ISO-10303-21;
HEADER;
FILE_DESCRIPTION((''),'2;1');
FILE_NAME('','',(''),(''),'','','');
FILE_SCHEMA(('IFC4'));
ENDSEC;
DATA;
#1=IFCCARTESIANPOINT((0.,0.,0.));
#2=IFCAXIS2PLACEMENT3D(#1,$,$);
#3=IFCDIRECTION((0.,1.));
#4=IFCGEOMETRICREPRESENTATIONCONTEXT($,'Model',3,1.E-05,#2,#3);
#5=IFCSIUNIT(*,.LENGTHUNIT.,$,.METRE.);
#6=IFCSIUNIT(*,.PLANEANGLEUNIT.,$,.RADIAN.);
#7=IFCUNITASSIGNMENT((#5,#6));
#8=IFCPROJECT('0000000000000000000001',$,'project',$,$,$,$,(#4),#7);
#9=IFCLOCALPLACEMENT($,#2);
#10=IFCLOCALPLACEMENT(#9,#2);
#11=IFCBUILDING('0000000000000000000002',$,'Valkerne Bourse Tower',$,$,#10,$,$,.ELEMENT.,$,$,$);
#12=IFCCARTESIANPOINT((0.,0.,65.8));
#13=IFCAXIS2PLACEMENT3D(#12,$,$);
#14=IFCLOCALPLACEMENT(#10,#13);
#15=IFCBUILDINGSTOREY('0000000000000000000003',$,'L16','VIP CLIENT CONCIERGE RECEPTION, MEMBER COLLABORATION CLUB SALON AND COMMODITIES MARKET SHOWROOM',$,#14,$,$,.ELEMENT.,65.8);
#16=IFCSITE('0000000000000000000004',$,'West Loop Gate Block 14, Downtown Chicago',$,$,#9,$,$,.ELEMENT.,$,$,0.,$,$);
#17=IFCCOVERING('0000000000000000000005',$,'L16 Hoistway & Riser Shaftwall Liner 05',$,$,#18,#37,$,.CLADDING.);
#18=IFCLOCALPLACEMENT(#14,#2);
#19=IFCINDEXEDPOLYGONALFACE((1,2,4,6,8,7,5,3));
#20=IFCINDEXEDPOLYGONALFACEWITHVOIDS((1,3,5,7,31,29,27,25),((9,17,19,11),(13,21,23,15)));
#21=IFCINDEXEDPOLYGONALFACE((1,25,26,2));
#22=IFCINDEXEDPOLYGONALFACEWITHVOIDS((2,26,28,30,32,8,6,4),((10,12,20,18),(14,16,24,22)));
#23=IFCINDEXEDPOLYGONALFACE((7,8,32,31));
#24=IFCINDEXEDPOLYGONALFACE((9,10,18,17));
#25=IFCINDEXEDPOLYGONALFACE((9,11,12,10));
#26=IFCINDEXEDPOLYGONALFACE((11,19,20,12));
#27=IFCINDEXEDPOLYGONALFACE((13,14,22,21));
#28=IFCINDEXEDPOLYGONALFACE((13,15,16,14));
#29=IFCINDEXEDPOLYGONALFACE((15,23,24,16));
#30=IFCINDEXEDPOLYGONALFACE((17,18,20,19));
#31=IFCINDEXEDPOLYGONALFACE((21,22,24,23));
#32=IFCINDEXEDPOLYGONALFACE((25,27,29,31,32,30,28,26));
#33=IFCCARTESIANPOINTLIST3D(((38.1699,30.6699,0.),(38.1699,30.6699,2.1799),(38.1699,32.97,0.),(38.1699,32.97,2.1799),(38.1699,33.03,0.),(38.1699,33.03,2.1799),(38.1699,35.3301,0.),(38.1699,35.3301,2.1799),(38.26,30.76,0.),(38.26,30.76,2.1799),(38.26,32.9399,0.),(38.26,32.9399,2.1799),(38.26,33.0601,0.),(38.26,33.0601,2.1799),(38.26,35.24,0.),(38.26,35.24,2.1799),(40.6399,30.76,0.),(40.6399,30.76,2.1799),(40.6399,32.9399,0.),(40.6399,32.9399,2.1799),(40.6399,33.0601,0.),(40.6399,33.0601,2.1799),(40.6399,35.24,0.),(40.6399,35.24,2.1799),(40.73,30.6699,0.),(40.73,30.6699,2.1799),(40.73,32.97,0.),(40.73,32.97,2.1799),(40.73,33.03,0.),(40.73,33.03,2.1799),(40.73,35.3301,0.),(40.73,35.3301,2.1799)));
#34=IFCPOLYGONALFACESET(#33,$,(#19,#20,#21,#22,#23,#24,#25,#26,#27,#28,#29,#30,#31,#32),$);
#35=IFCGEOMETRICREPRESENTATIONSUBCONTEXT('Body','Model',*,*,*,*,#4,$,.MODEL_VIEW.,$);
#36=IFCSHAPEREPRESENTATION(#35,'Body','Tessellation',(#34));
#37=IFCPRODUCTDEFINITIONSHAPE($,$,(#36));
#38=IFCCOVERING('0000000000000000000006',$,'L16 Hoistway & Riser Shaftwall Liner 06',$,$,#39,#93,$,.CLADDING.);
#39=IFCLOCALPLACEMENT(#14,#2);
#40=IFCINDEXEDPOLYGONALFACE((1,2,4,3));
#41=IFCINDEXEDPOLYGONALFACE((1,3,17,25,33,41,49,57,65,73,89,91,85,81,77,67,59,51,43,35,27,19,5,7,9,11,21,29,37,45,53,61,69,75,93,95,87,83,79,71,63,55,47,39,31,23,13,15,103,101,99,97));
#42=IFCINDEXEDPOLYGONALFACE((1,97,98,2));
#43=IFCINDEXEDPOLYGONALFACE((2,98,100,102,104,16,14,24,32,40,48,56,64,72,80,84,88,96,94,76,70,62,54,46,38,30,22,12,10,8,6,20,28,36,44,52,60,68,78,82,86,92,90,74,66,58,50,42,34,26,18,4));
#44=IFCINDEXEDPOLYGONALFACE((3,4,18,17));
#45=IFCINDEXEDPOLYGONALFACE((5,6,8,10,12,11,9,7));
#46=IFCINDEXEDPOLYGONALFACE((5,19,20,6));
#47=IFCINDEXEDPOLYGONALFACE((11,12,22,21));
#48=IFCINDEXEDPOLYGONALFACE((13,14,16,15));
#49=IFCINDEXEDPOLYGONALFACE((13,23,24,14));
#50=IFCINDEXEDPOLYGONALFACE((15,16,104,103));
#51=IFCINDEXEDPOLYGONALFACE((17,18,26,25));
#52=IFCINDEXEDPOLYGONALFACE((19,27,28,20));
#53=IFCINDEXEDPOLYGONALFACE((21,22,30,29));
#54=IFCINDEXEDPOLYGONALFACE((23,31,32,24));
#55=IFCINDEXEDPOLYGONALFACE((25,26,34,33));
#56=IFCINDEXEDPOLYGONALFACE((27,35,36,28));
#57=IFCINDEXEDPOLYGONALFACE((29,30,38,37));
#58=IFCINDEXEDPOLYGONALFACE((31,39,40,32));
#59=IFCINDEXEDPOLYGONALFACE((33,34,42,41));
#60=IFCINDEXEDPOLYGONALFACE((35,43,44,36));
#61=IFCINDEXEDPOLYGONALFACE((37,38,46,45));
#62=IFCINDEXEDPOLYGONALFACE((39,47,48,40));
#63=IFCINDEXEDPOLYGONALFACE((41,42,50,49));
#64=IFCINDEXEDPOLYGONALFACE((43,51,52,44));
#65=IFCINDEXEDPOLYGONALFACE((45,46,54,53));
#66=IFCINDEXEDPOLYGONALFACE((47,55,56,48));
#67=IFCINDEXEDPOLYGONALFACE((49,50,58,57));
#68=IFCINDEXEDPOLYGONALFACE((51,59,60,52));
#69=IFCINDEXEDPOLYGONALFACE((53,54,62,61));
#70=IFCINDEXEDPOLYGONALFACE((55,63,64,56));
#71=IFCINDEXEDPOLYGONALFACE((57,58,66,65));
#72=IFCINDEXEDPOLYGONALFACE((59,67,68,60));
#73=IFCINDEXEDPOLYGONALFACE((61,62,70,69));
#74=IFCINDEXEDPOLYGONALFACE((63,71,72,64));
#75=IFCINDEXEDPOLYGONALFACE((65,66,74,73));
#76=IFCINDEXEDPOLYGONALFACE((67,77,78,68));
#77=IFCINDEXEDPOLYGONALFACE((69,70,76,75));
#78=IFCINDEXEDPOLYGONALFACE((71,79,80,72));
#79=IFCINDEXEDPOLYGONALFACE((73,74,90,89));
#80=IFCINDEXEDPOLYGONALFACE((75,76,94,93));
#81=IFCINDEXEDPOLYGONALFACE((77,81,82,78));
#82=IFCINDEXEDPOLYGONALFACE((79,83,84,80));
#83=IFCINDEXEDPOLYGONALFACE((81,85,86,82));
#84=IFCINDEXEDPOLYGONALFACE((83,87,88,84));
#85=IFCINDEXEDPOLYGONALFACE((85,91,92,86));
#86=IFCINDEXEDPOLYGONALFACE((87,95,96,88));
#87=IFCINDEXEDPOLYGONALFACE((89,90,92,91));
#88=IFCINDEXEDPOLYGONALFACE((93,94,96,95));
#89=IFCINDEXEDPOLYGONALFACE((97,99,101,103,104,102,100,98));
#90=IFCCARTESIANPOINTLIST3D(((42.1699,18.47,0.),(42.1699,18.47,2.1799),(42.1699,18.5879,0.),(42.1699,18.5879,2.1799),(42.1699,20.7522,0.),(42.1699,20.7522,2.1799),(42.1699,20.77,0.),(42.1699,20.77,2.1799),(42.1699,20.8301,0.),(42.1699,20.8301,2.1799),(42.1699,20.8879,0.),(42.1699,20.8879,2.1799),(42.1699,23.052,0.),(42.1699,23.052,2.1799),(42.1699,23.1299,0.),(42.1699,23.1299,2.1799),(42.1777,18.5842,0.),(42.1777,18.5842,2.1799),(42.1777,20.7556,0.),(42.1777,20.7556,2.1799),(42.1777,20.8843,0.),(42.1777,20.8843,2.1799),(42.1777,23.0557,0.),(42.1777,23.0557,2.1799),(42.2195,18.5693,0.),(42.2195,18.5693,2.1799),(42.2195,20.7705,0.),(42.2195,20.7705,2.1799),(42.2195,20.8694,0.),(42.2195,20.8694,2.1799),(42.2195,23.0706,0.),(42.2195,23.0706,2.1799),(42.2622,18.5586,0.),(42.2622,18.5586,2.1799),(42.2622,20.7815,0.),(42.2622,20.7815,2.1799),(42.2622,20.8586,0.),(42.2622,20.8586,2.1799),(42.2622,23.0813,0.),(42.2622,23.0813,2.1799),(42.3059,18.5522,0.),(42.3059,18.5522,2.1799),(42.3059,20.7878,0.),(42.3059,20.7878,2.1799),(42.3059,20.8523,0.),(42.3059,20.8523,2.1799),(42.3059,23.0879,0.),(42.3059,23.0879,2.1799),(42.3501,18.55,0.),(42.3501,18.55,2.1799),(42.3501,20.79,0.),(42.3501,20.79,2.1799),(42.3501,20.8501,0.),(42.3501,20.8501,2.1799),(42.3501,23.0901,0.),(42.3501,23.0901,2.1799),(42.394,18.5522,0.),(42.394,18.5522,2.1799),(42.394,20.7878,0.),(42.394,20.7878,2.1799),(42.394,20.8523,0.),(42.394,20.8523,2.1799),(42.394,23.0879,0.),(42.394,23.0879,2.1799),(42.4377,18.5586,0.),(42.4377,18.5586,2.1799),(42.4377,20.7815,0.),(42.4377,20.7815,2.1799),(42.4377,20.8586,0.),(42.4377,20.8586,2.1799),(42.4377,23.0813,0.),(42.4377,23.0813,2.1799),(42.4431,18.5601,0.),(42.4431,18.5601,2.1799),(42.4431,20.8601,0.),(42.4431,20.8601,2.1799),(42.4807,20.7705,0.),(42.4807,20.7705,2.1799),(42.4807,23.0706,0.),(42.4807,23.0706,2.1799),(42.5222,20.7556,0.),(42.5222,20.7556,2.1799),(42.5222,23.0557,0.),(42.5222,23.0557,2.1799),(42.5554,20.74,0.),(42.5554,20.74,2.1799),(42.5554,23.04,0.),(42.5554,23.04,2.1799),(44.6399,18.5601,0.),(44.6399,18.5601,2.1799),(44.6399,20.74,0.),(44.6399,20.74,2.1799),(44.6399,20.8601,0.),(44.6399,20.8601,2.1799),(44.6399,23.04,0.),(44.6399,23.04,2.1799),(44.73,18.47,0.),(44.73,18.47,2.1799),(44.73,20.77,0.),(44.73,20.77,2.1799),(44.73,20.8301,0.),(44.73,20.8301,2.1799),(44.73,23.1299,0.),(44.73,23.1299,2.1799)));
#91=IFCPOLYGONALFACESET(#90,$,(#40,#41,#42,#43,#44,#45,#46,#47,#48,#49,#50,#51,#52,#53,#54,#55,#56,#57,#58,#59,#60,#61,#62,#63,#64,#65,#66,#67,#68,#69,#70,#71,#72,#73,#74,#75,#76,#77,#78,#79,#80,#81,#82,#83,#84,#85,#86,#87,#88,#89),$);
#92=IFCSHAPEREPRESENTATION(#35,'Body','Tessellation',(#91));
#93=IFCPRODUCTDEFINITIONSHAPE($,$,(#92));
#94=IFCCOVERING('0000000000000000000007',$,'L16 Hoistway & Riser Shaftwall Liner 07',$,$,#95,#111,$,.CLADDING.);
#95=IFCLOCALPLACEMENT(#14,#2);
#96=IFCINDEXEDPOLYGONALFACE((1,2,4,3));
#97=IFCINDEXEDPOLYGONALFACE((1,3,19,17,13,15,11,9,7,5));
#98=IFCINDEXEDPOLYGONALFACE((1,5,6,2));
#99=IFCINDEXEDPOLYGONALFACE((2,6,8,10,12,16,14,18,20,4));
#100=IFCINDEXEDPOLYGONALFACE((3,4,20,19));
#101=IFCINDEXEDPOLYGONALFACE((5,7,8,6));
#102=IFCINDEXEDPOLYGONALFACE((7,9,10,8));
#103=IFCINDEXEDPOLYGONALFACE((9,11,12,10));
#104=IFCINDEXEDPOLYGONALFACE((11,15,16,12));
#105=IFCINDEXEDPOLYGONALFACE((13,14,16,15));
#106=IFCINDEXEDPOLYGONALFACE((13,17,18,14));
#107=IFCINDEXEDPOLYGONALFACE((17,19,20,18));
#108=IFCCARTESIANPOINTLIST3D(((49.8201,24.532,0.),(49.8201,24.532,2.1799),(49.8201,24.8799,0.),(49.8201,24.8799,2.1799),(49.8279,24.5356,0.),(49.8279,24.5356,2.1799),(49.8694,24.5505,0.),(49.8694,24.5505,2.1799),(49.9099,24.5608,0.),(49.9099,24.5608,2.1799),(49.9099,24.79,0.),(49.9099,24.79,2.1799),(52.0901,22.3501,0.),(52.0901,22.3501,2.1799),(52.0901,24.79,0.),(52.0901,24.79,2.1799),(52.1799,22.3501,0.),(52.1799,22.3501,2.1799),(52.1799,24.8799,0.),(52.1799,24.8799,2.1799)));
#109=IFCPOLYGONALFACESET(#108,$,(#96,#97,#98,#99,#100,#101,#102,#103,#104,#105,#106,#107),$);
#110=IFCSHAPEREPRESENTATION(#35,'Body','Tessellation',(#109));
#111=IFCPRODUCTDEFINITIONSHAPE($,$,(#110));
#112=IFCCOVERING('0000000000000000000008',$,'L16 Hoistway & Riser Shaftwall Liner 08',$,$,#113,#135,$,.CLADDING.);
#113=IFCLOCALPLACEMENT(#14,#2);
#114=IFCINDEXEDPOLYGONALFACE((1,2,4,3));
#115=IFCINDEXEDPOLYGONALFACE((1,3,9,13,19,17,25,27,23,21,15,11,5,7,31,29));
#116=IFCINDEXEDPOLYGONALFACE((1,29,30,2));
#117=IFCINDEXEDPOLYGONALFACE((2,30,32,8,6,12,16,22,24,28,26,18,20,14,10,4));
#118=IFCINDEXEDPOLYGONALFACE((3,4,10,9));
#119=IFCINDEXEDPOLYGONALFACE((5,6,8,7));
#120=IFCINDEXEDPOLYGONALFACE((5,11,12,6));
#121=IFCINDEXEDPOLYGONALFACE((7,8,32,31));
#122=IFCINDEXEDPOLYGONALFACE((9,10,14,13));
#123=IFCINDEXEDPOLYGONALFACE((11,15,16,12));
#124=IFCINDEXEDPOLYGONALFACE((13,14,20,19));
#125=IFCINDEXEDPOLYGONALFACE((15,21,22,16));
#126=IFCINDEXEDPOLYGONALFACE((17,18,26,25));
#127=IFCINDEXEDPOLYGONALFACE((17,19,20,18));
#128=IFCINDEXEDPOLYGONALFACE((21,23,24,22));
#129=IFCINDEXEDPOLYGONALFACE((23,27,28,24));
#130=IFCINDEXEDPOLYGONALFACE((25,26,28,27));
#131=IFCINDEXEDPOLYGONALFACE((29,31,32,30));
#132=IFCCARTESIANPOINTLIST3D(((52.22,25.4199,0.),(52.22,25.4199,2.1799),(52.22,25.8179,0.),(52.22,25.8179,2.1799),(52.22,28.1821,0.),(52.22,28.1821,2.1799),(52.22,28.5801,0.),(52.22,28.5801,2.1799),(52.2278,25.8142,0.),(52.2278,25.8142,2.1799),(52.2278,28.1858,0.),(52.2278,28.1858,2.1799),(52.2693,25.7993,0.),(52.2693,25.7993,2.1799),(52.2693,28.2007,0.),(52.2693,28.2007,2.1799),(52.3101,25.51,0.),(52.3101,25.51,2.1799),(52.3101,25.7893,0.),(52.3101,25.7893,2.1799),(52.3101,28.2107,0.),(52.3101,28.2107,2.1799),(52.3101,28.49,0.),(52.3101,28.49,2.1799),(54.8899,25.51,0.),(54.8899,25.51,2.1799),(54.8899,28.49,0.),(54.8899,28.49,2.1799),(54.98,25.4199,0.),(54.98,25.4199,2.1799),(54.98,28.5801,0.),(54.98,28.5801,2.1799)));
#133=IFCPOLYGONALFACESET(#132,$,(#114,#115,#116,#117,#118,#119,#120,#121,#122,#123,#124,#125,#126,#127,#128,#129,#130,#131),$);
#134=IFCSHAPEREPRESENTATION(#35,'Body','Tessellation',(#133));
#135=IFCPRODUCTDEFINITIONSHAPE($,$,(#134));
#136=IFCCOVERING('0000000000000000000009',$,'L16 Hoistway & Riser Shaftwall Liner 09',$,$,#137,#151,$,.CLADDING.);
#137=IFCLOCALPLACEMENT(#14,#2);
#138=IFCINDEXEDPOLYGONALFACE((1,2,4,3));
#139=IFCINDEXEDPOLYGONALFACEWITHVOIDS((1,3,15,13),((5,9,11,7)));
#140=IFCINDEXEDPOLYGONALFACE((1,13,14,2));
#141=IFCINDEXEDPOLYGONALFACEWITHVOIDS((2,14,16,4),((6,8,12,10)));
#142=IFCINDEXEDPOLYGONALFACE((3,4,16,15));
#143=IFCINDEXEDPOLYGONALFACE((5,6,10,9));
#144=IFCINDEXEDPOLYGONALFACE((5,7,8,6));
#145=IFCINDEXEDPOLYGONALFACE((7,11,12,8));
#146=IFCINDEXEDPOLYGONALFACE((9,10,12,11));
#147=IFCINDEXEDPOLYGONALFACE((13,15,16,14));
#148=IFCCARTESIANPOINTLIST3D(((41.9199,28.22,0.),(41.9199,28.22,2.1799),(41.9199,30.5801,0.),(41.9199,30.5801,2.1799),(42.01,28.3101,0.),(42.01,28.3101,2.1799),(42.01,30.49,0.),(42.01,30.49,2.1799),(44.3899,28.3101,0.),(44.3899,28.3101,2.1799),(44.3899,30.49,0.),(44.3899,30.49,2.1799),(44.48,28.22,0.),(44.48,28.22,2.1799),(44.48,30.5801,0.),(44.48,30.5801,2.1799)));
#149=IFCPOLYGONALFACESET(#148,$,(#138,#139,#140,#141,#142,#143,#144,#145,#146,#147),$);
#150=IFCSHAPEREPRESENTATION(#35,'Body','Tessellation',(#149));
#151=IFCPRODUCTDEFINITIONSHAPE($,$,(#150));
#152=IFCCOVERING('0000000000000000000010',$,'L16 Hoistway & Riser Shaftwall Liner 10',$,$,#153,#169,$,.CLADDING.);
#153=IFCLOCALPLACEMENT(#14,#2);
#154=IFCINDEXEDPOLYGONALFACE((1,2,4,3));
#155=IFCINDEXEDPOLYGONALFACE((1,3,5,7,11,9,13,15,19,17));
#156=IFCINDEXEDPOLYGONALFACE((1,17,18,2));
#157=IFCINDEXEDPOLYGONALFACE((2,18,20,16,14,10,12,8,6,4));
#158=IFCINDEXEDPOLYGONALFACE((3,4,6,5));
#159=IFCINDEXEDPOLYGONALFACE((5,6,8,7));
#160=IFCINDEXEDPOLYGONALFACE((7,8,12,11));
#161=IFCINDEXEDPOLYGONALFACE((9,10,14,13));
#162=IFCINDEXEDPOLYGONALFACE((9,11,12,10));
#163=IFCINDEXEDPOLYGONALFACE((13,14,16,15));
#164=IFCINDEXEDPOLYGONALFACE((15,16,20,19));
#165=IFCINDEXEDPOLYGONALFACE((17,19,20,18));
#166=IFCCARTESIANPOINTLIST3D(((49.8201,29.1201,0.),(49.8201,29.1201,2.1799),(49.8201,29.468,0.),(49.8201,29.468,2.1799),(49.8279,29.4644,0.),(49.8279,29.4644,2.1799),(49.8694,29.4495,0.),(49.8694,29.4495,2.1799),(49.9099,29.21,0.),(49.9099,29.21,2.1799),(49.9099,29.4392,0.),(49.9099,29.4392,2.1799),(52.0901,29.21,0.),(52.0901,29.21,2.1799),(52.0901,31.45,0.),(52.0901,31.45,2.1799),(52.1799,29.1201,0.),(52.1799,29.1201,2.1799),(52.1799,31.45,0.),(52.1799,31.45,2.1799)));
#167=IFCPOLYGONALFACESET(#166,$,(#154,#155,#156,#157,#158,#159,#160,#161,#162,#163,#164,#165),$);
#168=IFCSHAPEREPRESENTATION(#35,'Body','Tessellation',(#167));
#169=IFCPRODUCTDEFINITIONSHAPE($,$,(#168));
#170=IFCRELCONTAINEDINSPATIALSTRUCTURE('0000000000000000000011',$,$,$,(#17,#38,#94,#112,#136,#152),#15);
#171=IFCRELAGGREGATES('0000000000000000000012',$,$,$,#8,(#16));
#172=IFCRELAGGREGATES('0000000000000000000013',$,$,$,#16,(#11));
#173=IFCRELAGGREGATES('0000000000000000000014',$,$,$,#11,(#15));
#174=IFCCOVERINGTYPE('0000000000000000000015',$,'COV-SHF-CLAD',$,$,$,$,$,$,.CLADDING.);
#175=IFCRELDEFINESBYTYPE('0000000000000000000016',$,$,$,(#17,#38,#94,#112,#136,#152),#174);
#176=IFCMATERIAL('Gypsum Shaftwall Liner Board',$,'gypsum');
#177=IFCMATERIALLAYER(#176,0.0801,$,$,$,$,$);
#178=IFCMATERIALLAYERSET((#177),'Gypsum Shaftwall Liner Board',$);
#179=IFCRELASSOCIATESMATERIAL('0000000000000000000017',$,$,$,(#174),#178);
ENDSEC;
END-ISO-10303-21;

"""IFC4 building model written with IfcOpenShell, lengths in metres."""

from ifc_helpers import new_model, si_unit, direction, frame, origin, place, context, subcontext, project, spatial, polyline, outline, extrude, material, layer, layer_set, type_object, element, save


model = new_model("IFC4")

# Units and contexts
model_context = context("Model", 3, precision=1e-05, world=origin(), true_north=direction((0.0, 1.0)))
body_context = subcontext(model_context, "Body", "Model", "MODEL_VIEW")
ifc_project = project(units=[si_unit("LENGTHUNIT", "METRE"), si_unit("PLANEANGLEUNIT", "RADIAN")], contexts=[model_context])

# Site, building, storey
site_placement = place(None, origin())
site = spatial("IfcSite", under=ifc_project, at=site_placement, Name="West Loop Gate Block 14, Downtown Chicago", CompositionType="ELEMENT", RefElevation=0.0)
building_placement = place(site_placement, origin())
building = spatial("IfcBuilding", under=site, at=building_placement, Name="Valkerne Bourse Tower", CompositionType="ELEMENT")
storey_placement = place(building_placement, frame((0.0, 0.0, 65.8)))
storey = spatial("IfcBuildingStorey", under=building, at=storey_placement, Name="L16", Description="VIP CLIENT CONCIERGE RECEPTION, MEMBER COLLABORATION CLUB SALON AND COMMODITIES MARKET SHOWROOM", CompositionType="ELEMENT", Elevation=65.8)

# Coverings
ifc_material_1 = material(Name="Gypsum Shaftwall Liner Board", Category="gypsum")
ifc_layer_1 = layer(ifc_material_1, 0.0801)
ifc_layer_set_1 = layer_set([ifc_layer_1], Name="Gypsum Shaftwall Liner Board")
covering_type_1 = type_object("IfcCoveringType", Name="COV-SHF-CLAD", PredefinedType="CLADDING", material=ifc_layer_set_1)
covering_1_placement = place(storey_placement, origin())
element("IfcCovering", 1, at=covering_1_placement, inside=storey, type_object=covering_type_1, Name="L16 Hoistway & Riser Shaftwall Liner 05", PredefinedType="CLADDING", context=body_context, shape_type="SweptSolid", body=[
    extrude(outline(polyline([(38.1699, 35.3301), (40.73, 35.3301), (40.73, 33.03), (40.73, 32.97), (40.73, 30.6699), (38.1699, 30.6699), (38.1699, 32.97), (38.1699, 33.03), (38.1699, 35.3301)]), holes=[polyline([(38.26, 32.9399), (38.26, 30.76), (40.6399, 30.76), (40.6399, 32.9399), (38.26, 32.9399)]), polyline([(38.26, 35.24), (38.26, 33.0601), (40.6399, 33.0601), (40.6399, 35.24), (38.26, 35.24)])]), origin(), (0.0, 0.0, 1.0), 2.1799),
])
covering_2_placement = place(storey_placement, origin())
element("IfcCovering", 2, at=covering_2_placement, inside=storey, type_object=covering_type_1, Name="L16 Hoistway & Riser Shaftwall Liner 06", PredefinedType="CLADDING", context=body_context, shape_type="SweptSolid", body=[
    extrude(outline(polyline([(42.1699, 20.8301), (42.1699, 20.8879), (42.1777, 20.8843), (42.2195, 20.8694), (42.2622, 20.8586), (42.3059, 20.8523), (42.3501, 20.8501), (42.394, 20.8523), (42.4377, 20.8586), (42.4431, 20.8601), (44.6399, 20.8601), (44.6399, 23.04), (42.5554, 23.04), (42.5222, 23.0557), (42.4807, 23.0706), (42.4377, 23.0813), (42.394, 23.0879), (42.3501, 23.0901), (42.3059, 23.0879), (42.2622, 23.0813), (42.2195, 23.0706), (42.1777, 23.0557), (42.1699, 23.052), (42.1699, 23.1299), (44.73, 23.1299), (44.73, 20.8301), (44.73, 20.77), (44.73, 18.47), (42.1699, 18.47), (42.1699, 18.5879), (42.1777, 18.5842), (42.2195, 18.5693), (42.2622, 18.5586), (42.3059, 18.5522), (42.3501, 18.55), (42.394, 18.5522), (42.4377, 18.5586), (42.4431, 18.5601), (44.6399, 18.5601), (44.6399, 20.74), (42.5554, 20.74), (42.5222, 20.7556), (42.4807, 20.7705), (42.4377, 20.7815), (42.394, 20.7878), (42.3501, 20.79), (42.3059, 20.7878), (42.2622, 20.7815), (42.2195, 20.7705), (42.1777, 20.7556), (42.1699, 20.7522), (42.1699, 20.77), (42.1699, 20.8301)])), origin(), (0.0, 0.0, 1.0), 2.1799),
])
covering_3_placement = place(storey_placement, origin())
element("IfcCovering", 3, at=covering_3_placement, inside=storey, type_object=covering_type_1, Name="L16 Hoistway & Riser Shaftwall Liner 07", PredefinedType="CLADDING", context=body_context, shape_type="SweptSolid", body=[
    extrude(outline(polyline([(52.1799, 22.3501), (52.0901, 22.3501), (52.0901, 24.79), (49.9099, 24.79), (49.9099, 24.5608), (49.8694, 24.5505), (49.8279, 24.5356), (49.8201, 24.532), (49.8201, 24.8799), (52.1799, 24.8799), (52.1799, 22.3501)])), origin(), (0.0, 0.0, 1.0), 2.1799),
])
covering_4_placement = place(storey_placement, origin())
element("IfcCovering", 4, at=covering_4_placement, inside=storey, type_object=covering_type_1, Name="L16 Hoistway & Riser Shaftwall Liner 08", PredefinedType="CLADDING", context=body_context, shape_type="SweptSolid", body=[
    extrude(outline(polyline([(54.98, 25.4199), (52.22, 25.4199), (52.22, 25.8179), (52.2278, 25.8142), (52.2693, 25.7993), (52.3101, 25.7893), (52.3101, 25.51), (54.8899, 25.51), (54.8899, 28.49), (52.3101, 28.49), (52.3101, 28.2107), (52.2693, 28.2007), (52.2278, 28.1858), (52.22, 28.1821), (52.22, 28.5801), (54.98, 28.5801), (54.98, 25.4199)])), origin(), (0.0, 0.0, 1.0), 2.1799),
])
covering_5_placement = place(storey_placement, origin())
element("IfcCovering", 5, at=covering_5_placement, inside=storey, type_object=covering_type_1, Name="L16 Hoistway & Riser Shaftwall Liner 09", PredefinedType="CLADDING", context=body_context, shape_type="SweptSolid", body=[
    extrude(outline(polyline([(44.48, 28.22), (41.9199, 28.22), (41.9199, 30.5801), (44.48, 30.5801), (44.48, 28.22)]), holes=[polyline([(42.01, 30.49), (42.01, 28.3101), (44.3899, 28.3101), (44.3899, 30.49), (42.01, 30.49)])]), origin(), (0.0, 0.0, 1.0), 2.1799),
])
covering_6_placement = place(storey_placement, origin())
element("IfcCovering", 6, at=covering_6_placement, inside=storey, type_object=covering_type_1, Name="L16 Hoistway & Riser Shaftwall Liner 10", PredefinedType="CLADDING", context=body_context, shape_type="SweptSolid", body=[
    extrude(outline(polyline([(49.8201, 29.1201), (49.8201, 29.468), (49.8279, 29.4644), (49.8694, 29.4495), (49.9099, 29.4392), (49.9099, 29.21), (52.0901, 29.21), (52.0901, 31.45), (52.1799, 31.45), (52.1799, 29.1201), (49.8201, 29.1201)])), origin(), (0.0, 0.0, 1.0), 2.1799),
])

save(model, "model.ifc")
